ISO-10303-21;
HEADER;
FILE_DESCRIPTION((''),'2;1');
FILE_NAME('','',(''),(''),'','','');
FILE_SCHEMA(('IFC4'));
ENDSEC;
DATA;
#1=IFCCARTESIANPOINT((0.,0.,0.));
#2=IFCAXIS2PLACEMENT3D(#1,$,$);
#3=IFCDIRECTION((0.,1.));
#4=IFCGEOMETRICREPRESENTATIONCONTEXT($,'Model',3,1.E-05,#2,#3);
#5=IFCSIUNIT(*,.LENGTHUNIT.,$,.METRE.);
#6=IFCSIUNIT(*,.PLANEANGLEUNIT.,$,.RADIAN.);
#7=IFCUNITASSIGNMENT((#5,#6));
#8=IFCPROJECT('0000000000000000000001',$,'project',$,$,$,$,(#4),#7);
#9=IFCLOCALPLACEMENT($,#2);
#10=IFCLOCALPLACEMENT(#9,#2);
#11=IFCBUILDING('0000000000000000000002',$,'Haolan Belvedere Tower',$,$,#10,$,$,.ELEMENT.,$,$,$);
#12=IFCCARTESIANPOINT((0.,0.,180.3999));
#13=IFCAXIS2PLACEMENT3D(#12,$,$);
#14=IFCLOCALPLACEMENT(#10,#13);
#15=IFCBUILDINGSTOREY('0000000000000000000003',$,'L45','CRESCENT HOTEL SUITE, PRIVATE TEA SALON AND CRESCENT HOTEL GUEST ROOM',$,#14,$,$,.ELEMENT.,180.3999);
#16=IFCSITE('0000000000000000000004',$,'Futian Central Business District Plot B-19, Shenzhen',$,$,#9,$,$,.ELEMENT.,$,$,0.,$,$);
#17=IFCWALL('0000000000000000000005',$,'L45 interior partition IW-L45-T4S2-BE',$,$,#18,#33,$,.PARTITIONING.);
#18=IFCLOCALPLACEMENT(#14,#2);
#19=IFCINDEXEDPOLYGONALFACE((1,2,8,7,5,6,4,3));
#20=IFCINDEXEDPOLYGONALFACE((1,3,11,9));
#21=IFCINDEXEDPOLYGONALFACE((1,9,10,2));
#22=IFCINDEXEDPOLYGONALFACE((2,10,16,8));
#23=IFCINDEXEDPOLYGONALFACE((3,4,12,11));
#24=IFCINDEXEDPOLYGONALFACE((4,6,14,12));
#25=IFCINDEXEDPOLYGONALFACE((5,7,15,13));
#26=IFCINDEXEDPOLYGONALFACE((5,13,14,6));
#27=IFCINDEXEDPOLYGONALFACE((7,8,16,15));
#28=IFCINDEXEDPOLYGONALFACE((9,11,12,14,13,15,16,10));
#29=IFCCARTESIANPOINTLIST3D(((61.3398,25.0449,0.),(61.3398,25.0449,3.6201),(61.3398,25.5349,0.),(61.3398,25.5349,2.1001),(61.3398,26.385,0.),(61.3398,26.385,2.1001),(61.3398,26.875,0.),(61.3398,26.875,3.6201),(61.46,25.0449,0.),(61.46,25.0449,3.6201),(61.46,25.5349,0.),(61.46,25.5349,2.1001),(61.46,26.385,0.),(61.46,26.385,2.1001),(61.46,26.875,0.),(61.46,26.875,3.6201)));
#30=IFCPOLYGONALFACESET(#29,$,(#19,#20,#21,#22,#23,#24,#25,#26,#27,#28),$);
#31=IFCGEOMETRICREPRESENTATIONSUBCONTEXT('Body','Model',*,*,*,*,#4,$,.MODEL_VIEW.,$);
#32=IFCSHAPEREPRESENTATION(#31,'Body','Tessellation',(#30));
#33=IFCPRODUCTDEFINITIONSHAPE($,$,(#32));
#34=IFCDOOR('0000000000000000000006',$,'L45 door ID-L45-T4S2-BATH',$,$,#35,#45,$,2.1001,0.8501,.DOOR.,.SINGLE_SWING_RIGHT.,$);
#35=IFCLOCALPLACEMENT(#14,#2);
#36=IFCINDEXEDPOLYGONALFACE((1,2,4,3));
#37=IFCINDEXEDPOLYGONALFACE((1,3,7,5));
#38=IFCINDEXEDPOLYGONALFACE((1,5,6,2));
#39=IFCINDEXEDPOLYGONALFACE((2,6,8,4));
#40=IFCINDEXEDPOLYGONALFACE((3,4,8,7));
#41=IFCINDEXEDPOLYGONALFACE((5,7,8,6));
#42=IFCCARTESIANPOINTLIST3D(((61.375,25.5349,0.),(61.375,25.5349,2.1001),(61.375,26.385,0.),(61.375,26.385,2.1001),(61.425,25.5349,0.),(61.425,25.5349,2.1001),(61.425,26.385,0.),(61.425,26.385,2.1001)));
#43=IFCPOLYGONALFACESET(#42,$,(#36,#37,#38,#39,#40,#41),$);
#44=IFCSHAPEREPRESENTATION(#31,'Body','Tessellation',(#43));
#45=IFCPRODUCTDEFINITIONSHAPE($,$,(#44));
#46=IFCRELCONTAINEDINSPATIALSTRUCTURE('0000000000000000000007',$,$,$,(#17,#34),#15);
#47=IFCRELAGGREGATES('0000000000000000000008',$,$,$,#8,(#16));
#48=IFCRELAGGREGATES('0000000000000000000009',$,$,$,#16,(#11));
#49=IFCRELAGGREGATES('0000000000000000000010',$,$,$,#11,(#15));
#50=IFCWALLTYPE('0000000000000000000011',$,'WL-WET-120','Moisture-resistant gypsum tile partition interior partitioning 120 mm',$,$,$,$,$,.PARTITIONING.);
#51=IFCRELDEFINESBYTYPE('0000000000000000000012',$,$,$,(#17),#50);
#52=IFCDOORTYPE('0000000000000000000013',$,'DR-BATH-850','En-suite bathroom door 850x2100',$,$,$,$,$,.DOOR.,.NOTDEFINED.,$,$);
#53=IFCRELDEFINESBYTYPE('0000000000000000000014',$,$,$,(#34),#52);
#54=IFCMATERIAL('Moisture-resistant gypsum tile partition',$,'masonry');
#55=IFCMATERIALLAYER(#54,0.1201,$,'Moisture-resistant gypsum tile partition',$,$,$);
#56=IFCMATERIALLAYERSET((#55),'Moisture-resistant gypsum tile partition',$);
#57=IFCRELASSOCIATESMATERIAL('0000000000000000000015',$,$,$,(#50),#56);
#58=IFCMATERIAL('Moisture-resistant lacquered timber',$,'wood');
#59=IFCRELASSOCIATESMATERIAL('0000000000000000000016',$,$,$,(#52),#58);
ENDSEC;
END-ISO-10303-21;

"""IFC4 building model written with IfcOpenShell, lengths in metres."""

from ifc_helpers import new_model, si_unit, direction, frame, frame_2d, origin, place, context, subcontext, project, spatial, rectangle, extrude, material, layer, layer_set, type_object, element, fill, save


model = new_model("IFC4")

# Units and contexts
model_context = context("Model", 3, precision=1e-05, world=origin(), true_north=direction((0.0, 1.0)))
body_context = subcontext(model_context, "Body", "Model", "MODEL_VIEW")
ifc_project = project(units=[si_unit("LENGTHUNIT", "METRE"), si_unit("PLANEANGLEUNIT", "RADIAN")], contexts=[model_context])

# Site, building, storey
site_placement = place(None, origin())
site = spatial("IfcSite", under=ifc_project, at=site_placement, Name="Futian Central Business District Plot B-19, Shenzhen", CompositionType="ELEMENT", RefElevation=0.0)
building_placement = place(site_placement, origin())
building = spatial("IfcBuilding", under=site, at=building_placement, Name="Haolan Belvedere Tower", CompositionType="ELEMENT")
storey_placement = place(building_placement, frame((0.0, 0.0, 180.3999)))
storey = spatial("IfcBuildingStorey", under=building, at=storey_placement, Name="L45", Description="CRESCENT HOTEL SUITE, PRIVATE TEA SALON AND CRESCENT HOTEL GUEST ROOM", CompositionType="ELEMENT", Elevation=180.3999)

# Shared definitions
ifc_material_1 = material(Name="Moisture-resistant gypsum tile partition", Category="masonry")
ifc_layer_1 = layer(ifc_material_1, 0.1201, Name="Moisture-resistant gypsum tile partition")
ifc_layer_set_1 = layer_set([ifc_layer_1], Name="Moisture-resistant gypsum tile partition")
wall_type_1 = type_object("IfcWallType", Name="WL-WET-120", Description="Moisture-resistant gypsum tile partition interior partitioning 120 mm", PredefinedType="PARTITIONING", material=ifc_layer_set_1)

# Shared definitions
ifc_material_2 = material(Name="Moisture-resistant lacquered timber", Category="wood")
door_type_1 = type_object("IfcDoorType", Name="DR-BATH-850", Description="En-suite bathroom door 850x2100", OperationType="NOTDEFINED", PredefinedType="DOOR", material=ifc_material_2)

# Wall, opening, door
wall_1_placement = place(storey_placement, frame((61.3999, 25.0449, 0.0), z_axis=(0.0, 0.0, 1.0), x_axis=(0.0, 1.0, 0.0)))
wall_1 = element("IfcWall", 1, at=wall_1_placement, inside=storey, type_object=wall_type_1, Name="L45 interior partition IW-L45-T4S2-BE", PredefinedType="PARTITIONING", context=body_context, shape_type="SweptSolid", body=[
    extrude(rectangle(XDim=1.8301, YDim=0.1201, at=frame_2d((0.915, 0.0))), origin(), (0.0, 0.0, 1.0), 3.6201),
])
opening_1_placement = place(wall_1_placement, frame((0.49, 0.0, 0.0)))
opening_1 = element("IfcOpeningElement", 2, at=opening_1_placement, cuts=wall_1, PredefinedType="OPENING", context=body_context, shape_type="SweptSolid", body=[
    extrude(rectangle(XDim=0.8501, YDim=2.1001, at=frame_2d((0.425, 1.05))), frame((0.0, 0.0701, 0.0), z_axis=(0.0, -1.0, 0.0), x_axis=(1.0, 0.0, 0.0)), (0.0, 0.0, 1.0), 0.1401),
])
door_1_placement = place(opening_1_placement, origin())
door_1 = element("IfcDoor", 3, at=door_1_placement, inside=storey, type_object=door_type_1, Name="L45 door ID-L45-T4S2-BATH", OperationType="SINGLE_SWING_RIGHT", OverallHeight=2.1001, OverallWidth=0.8501, PredefinedType="DOOR", context=body_context, shape_type="SweptSolid", body=[
    extrude(rectangle(XDim=0.8501, YDim=2.1001, at=frame_2d((0.425, 1.05))), frame((0.0, 0.0249, 0.0), z_axis=(0.0, -1.0, 0.0), x_axis=(1.0, 0.0, 0.0)), (0.0, 0.0, 1.0), 0.05),
])
fill(opening_1, door_1)

save(model, "model.ifc")
